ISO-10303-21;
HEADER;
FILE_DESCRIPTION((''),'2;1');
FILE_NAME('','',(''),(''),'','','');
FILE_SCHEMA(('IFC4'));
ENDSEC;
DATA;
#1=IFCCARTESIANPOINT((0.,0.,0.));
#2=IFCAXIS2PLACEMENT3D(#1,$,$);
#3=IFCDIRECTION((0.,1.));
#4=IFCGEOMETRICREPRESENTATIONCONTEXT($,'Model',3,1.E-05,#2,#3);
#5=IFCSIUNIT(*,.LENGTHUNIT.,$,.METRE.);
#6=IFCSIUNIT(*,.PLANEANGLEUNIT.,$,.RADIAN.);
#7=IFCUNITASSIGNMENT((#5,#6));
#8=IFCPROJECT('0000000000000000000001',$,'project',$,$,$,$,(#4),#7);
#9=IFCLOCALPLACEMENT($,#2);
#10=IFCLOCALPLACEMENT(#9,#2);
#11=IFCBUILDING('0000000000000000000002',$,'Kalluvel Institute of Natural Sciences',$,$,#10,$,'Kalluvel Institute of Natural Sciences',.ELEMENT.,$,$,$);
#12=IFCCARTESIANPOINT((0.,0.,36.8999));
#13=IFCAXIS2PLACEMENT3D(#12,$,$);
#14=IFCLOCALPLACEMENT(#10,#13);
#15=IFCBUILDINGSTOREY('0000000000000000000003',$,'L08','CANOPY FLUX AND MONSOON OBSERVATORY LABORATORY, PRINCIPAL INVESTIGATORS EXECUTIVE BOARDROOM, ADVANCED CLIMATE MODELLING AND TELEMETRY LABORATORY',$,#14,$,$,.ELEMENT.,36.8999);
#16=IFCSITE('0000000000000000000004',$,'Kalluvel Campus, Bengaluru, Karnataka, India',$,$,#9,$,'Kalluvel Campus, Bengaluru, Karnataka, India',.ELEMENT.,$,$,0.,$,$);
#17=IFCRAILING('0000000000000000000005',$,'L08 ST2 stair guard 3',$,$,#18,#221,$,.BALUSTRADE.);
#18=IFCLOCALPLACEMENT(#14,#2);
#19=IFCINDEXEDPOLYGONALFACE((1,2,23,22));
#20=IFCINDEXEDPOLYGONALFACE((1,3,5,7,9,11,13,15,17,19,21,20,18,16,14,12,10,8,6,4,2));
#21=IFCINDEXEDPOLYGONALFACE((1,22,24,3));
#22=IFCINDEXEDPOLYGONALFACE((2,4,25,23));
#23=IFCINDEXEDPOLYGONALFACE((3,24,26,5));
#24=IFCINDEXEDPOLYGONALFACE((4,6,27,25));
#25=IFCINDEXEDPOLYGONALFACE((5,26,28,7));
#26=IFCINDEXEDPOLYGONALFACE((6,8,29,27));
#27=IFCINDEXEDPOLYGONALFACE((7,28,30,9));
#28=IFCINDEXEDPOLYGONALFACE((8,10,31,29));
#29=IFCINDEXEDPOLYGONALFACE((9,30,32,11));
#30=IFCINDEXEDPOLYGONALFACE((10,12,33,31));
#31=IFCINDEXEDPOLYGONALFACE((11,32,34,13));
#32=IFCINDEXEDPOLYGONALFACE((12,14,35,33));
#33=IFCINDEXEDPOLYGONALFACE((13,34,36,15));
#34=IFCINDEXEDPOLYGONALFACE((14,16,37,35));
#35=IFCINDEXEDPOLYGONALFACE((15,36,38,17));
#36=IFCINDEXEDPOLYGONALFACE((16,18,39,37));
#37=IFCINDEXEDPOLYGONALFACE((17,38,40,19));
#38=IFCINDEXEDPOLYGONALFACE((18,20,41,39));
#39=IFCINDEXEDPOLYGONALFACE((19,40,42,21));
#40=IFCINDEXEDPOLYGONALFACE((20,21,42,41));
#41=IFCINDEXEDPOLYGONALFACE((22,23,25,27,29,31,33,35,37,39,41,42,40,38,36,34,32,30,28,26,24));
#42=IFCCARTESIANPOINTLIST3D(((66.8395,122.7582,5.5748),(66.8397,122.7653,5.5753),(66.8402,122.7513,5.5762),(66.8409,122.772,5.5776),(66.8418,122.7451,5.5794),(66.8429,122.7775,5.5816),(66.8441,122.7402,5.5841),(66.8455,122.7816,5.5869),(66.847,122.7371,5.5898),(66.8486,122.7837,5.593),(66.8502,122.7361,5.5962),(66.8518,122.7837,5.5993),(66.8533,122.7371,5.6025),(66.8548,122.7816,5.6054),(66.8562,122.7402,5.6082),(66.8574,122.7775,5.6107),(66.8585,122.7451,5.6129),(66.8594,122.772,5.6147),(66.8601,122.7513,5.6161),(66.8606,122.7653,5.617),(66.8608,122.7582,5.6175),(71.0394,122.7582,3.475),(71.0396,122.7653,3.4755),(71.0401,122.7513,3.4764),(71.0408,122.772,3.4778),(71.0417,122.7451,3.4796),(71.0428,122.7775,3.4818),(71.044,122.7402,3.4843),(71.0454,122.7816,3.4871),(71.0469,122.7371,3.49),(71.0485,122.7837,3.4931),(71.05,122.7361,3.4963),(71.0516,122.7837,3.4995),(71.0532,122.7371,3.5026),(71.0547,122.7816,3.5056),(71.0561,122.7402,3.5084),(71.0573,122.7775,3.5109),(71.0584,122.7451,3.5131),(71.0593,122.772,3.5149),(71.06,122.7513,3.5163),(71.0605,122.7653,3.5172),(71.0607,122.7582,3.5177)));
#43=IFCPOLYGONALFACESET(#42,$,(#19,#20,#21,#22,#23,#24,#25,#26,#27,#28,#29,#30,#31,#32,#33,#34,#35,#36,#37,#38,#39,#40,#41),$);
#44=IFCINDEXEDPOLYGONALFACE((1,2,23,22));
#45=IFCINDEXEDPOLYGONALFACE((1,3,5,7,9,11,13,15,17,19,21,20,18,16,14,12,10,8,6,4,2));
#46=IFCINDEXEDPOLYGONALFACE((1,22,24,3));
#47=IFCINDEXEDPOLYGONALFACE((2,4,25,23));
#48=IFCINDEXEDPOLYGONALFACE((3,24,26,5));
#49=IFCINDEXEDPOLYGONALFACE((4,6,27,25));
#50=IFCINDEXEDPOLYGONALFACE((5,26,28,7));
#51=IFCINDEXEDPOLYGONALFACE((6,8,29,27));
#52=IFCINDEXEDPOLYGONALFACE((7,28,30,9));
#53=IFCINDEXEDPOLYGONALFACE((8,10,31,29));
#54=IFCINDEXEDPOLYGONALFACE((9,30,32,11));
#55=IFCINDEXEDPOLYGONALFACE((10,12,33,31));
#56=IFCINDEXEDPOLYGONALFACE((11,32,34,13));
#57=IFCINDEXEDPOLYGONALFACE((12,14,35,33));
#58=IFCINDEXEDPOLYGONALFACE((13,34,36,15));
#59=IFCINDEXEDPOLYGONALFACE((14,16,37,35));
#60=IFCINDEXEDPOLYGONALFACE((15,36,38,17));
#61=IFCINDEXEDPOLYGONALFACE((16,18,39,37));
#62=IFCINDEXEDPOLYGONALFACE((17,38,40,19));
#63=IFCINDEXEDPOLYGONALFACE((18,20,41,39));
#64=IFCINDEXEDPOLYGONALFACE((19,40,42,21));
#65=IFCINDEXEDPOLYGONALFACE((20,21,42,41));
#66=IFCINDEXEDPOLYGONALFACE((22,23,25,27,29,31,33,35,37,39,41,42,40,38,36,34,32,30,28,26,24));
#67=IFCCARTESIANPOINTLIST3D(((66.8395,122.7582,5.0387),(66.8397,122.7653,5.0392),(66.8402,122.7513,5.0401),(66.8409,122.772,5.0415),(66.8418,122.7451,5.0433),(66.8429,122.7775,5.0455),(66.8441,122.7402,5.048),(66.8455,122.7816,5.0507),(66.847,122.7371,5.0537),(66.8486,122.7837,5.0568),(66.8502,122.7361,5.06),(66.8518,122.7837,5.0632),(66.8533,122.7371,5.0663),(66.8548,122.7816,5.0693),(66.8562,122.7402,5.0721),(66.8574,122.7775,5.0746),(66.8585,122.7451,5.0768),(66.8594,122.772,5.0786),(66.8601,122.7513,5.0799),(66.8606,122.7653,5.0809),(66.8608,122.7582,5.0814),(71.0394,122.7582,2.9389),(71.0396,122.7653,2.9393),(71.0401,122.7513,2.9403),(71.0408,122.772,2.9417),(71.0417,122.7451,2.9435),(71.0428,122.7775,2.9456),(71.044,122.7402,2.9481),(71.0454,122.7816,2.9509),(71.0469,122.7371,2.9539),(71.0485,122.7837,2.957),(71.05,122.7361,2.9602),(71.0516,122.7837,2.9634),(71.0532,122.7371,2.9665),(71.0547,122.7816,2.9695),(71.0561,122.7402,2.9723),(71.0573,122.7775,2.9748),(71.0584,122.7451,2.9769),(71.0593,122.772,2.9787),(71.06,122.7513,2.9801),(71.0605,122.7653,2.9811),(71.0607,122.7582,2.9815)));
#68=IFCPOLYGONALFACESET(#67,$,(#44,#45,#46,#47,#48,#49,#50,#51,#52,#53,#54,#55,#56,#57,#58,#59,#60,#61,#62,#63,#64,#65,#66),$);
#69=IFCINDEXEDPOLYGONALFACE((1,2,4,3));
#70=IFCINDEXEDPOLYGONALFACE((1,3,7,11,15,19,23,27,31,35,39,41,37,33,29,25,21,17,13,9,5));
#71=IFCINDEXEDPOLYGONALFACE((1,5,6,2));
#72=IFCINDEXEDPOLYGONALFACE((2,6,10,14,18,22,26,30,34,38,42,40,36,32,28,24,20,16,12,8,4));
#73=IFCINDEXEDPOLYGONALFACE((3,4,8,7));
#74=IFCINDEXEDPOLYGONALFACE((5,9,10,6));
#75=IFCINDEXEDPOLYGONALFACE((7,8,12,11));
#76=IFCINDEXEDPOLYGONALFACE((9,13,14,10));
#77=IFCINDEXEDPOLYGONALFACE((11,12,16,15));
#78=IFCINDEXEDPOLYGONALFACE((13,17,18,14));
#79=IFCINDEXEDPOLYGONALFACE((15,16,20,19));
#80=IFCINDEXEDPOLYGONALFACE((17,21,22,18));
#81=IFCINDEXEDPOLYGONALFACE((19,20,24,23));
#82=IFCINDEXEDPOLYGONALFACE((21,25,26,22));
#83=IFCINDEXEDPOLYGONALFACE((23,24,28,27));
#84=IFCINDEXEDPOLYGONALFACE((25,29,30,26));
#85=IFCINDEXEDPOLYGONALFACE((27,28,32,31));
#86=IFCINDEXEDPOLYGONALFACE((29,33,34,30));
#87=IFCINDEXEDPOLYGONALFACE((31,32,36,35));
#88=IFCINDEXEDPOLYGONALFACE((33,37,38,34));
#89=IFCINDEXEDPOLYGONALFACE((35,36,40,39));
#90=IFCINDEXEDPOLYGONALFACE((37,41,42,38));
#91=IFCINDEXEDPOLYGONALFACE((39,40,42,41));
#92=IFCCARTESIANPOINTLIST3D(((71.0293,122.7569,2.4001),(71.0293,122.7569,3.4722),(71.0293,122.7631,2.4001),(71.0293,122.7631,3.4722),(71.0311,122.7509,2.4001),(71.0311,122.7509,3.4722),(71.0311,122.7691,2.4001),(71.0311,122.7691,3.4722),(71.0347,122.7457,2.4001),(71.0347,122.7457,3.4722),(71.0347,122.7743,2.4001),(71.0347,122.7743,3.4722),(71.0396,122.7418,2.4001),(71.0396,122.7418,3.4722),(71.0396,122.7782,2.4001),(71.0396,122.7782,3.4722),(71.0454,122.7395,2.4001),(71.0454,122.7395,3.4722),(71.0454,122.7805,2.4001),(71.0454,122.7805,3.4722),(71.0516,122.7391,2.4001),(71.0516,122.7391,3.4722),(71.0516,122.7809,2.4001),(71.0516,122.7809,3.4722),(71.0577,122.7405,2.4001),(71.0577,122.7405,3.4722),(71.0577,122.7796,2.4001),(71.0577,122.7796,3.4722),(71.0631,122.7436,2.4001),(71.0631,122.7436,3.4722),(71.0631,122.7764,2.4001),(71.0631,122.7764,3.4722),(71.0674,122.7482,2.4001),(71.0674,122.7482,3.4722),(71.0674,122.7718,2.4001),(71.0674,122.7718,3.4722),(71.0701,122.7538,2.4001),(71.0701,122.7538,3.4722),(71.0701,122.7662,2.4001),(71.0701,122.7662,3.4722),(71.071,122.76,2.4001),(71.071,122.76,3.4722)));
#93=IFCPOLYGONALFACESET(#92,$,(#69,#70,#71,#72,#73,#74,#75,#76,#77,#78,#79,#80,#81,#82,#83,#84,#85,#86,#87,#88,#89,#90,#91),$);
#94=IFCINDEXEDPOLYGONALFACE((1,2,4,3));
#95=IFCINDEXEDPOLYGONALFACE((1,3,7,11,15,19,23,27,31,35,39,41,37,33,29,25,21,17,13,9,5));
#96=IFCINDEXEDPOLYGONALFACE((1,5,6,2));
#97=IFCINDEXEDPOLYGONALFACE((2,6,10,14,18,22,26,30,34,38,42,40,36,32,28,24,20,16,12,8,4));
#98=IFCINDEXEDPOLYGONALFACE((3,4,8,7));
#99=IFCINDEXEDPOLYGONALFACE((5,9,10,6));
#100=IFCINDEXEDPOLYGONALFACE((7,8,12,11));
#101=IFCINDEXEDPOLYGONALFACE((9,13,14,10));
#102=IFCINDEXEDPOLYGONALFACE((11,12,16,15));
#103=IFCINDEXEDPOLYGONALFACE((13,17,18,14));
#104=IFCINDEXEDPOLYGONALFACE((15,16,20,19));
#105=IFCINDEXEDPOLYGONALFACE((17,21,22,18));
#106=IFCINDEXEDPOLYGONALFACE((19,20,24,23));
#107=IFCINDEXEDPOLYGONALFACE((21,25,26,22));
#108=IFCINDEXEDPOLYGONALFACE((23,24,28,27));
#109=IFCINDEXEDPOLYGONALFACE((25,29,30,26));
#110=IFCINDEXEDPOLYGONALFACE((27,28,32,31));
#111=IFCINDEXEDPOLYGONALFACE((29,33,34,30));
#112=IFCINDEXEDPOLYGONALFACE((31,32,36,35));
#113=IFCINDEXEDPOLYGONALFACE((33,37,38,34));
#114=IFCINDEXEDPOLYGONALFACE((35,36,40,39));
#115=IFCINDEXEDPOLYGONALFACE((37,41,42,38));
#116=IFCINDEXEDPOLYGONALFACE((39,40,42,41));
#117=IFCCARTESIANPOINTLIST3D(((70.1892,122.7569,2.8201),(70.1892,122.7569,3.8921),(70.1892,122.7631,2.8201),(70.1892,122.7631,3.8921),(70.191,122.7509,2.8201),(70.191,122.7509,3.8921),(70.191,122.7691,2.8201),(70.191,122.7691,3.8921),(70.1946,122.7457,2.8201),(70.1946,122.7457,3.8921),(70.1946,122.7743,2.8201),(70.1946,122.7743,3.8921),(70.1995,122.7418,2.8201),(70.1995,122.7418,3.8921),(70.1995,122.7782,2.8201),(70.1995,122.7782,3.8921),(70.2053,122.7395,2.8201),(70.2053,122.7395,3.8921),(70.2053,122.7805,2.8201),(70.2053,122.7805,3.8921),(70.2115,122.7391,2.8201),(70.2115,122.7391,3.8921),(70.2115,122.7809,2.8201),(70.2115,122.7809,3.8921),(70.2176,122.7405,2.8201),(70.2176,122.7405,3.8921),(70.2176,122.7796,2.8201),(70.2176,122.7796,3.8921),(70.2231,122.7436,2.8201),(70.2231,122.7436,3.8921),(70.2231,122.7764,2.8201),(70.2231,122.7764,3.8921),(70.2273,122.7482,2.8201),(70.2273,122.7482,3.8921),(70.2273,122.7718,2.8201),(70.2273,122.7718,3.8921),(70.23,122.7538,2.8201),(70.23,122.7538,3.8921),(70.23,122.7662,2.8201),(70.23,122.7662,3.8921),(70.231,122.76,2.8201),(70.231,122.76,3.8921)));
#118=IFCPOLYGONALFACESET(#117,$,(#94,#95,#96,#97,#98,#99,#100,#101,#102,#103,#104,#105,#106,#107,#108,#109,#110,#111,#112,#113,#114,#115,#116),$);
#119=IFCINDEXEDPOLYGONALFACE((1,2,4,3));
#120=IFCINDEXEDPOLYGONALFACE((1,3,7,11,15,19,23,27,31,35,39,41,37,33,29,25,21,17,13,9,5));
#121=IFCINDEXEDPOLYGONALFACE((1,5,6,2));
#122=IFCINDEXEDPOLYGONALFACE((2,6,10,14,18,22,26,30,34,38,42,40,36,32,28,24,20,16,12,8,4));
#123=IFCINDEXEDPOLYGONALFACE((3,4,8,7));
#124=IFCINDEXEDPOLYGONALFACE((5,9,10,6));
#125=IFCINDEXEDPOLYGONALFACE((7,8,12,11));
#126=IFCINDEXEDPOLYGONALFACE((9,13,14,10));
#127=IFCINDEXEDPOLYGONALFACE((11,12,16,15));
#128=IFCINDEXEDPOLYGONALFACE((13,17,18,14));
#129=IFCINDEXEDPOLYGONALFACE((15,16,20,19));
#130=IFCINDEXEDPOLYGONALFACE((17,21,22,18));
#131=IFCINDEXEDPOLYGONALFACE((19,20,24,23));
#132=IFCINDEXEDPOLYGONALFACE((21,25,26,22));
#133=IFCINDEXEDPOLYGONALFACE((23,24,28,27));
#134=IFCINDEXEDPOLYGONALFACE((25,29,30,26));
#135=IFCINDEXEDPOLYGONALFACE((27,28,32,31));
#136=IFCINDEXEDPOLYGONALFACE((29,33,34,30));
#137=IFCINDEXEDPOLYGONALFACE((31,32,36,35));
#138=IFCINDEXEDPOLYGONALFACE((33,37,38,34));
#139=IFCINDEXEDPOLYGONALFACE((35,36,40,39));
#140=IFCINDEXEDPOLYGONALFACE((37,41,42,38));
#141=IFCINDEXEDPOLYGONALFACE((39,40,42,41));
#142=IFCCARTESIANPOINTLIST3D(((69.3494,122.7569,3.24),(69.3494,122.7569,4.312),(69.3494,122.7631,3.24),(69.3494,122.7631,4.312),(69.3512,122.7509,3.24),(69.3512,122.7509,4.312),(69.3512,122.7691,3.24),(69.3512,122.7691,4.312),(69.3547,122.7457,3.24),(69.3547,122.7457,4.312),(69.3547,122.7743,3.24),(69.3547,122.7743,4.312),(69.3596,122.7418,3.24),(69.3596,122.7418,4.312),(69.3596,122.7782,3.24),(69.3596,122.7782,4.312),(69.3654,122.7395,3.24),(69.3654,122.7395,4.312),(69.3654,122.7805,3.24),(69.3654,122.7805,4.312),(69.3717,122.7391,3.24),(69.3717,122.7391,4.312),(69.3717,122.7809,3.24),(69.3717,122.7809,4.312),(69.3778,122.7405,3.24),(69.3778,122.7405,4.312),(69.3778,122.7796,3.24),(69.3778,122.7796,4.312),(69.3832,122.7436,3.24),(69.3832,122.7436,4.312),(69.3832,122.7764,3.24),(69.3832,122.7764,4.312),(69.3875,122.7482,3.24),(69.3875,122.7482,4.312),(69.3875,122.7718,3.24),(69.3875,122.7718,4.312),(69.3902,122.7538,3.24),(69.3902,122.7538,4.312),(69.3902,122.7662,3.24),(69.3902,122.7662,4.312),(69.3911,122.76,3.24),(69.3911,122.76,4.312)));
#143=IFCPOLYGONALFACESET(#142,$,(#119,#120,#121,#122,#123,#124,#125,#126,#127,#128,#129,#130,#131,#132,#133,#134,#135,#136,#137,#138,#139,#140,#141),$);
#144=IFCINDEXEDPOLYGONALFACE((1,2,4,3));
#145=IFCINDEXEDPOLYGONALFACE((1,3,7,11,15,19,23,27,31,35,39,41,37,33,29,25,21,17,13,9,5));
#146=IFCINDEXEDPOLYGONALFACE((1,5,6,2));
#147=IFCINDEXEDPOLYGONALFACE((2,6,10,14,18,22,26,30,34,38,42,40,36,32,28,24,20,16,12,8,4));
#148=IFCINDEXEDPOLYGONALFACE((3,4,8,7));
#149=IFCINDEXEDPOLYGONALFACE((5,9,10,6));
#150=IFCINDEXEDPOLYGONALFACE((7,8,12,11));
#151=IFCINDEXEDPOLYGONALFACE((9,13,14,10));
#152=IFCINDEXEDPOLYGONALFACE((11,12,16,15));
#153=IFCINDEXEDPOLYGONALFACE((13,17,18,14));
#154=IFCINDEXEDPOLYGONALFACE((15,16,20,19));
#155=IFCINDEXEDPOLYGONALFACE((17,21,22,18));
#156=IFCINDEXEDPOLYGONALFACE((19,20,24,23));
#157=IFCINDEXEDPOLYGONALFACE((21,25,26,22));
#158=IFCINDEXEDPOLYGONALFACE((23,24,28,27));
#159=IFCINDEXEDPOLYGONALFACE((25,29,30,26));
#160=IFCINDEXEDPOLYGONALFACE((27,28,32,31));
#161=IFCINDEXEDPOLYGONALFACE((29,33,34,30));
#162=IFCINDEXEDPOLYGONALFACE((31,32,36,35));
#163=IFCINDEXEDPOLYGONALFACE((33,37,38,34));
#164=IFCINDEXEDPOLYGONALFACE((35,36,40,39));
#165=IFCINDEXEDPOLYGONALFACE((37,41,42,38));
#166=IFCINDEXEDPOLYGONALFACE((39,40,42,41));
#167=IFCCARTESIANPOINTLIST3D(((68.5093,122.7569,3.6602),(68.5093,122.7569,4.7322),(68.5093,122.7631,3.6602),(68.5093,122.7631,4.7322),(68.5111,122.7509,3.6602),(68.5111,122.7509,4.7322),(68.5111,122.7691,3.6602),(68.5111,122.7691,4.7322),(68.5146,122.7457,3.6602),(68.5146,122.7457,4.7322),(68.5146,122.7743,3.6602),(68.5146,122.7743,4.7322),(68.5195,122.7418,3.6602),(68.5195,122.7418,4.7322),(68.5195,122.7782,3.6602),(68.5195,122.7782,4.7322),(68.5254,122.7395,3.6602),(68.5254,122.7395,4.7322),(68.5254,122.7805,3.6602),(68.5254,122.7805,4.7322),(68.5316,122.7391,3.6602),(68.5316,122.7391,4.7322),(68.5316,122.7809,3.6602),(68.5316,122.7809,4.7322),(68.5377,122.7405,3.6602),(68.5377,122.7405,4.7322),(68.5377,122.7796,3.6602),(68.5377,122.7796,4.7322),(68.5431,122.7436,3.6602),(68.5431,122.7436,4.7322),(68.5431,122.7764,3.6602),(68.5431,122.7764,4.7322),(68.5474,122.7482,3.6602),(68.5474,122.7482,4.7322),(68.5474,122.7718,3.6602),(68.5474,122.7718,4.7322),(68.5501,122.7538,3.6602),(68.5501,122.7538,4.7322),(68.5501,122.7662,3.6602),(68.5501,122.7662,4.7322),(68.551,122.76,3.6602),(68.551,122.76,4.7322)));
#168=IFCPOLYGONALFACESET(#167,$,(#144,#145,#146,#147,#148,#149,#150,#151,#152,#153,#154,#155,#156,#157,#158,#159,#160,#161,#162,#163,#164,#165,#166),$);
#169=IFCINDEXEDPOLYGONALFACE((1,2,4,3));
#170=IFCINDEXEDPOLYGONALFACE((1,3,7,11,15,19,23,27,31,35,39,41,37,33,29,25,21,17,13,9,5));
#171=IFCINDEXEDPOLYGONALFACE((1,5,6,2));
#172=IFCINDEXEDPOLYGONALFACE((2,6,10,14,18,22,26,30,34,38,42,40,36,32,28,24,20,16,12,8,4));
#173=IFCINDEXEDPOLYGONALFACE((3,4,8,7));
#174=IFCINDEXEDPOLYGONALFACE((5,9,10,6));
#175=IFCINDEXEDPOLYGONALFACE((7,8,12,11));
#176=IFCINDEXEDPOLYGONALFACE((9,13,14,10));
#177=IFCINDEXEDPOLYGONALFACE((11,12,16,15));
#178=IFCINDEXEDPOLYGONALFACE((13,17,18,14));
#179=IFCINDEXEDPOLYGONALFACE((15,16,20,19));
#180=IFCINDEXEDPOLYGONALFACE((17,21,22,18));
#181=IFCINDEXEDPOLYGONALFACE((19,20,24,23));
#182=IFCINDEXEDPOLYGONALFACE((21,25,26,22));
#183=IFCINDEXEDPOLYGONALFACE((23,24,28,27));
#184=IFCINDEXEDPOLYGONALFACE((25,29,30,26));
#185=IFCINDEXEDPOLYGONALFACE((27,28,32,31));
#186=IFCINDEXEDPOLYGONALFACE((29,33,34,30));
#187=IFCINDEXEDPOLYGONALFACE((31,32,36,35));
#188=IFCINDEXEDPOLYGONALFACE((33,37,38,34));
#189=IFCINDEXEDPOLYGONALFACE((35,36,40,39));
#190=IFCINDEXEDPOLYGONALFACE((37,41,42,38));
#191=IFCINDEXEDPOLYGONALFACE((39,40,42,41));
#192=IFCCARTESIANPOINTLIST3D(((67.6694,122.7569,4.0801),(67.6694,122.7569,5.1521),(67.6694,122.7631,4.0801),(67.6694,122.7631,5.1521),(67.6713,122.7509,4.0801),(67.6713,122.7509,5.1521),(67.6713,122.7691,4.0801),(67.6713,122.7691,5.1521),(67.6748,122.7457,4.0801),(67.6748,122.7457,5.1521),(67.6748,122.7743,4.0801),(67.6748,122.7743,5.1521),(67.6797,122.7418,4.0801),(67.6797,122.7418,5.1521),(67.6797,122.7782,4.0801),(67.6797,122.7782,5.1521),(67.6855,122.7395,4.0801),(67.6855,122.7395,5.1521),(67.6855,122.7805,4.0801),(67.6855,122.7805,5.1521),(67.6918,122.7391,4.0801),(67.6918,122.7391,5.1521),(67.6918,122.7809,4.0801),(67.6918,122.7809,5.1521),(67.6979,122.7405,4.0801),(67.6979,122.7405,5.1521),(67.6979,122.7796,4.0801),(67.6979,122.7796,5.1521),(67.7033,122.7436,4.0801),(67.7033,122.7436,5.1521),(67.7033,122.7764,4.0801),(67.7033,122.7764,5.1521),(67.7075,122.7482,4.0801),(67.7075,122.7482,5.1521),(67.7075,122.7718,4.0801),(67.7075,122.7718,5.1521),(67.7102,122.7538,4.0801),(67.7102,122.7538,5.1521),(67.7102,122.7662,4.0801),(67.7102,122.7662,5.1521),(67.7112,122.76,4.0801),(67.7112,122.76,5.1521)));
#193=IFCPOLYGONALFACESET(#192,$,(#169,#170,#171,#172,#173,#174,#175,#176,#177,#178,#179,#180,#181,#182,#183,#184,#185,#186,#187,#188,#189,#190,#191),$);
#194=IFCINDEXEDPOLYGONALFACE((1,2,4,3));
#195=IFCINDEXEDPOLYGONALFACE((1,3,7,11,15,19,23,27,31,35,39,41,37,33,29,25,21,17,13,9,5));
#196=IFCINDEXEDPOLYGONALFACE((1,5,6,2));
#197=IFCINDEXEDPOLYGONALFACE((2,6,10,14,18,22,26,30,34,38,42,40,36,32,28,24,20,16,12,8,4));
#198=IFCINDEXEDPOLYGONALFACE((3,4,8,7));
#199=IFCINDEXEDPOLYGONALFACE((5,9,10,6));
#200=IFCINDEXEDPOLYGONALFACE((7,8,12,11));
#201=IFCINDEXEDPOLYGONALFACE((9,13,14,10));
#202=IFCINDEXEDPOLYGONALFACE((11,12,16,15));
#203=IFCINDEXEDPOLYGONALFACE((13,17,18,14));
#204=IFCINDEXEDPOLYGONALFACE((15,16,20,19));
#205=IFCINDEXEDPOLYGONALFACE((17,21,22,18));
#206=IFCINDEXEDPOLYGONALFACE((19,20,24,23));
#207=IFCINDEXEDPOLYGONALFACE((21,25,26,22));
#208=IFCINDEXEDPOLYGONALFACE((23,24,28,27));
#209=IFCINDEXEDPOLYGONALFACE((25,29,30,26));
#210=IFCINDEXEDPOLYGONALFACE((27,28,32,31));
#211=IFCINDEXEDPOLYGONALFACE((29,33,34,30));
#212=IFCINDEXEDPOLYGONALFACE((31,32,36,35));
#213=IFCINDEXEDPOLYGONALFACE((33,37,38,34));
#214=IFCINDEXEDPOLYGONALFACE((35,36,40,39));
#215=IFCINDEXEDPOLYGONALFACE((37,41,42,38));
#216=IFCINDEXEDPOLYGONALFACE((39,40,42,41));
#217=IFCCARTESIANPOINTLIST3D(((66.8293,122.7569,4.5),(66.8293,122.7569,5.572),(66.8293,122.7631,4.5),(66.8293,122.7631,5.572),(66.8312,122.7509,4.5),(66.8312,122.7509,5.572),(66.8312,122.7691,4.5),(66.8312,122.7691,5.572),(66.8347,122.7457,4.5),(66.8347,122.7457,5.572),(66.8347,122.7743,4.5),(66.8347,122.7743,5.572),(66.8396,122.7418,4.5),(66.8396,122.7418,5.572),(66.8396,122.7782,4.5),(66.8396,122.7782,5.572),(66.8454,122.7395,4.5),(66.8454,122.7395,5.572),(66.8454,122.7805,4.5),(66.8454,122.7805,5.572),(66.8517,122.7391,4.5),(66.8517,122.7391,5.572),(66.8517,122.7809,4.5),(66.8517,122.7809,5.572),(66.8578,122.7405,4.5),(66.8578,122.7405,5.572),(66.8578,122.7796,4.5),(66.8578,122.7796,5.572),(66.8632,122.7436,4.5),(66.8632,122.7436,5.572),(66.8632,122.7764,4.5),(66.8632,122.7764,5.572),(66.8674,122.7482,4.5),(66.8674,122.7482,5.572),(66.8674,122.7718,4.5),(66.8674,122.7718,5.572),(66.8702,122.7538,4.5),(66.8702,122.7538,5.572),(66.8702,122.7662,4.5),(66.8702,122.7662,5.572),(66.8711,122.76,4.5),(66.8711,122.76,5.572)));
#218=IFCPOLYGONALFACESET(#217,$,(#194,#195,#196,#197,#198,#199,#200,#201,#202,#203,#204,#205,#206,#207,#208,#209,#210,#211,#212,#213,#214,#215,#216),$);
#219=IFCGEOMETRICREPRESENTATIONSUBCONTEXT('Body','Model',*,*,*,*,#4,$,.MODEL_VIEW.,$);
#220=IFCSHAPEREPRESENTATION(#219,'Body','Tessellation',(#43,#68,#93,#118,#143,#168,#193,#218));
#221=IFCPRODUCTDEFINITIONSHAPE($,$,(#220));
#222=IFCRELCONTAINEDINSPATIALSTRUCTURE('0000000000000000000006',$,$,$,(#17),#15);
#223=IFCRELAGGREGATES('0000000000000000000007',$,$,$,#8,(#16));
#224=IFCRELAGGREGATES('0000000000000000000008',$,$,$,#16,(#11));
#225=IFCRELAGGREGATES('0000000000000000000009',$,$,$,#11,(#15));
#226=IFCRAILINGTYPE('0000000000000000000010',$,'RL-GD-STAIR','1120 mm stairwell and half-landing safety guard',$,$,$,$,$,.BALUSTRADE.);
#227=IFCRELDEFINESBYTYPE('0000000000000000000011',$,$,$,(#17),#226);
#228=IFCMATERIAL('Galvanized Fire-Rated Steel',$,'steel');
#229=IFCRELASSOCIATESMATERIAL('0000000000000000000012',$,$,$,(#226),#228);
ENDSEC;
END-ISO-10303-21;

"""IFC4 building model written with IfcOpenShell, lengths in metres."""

from ifc_helpers import new_model, si_unit, direction, frame, origin, origin_2d, place, context, subcontext, project, spatial, circle, extrude, material, type_object, element, save


model = new_model("IFC4")

# Units and contexts
model_context = context("Model", 3, precision=1e-05, world=origin(), true_north=direction((0.0, 1.0)))
body_context = subcontext(model_context, "Body", "Model", "MODEL_VIEW")
ifc_project = project(units=[si_unit("LENGTHUNIT", "METRE"), si_unit("PLANEANGLEUNIT", "RADIAN")], contexts=[model_context])

# Site, building, storey
site_placement = place(None, origin())
site = spatial("IfcSite", under=ifc_project, at=site_placement, Name="Kalluvel Campus, Bengaluru, Karnataka, India", LongName="Kalluvel Campus, Bengaluru, Karnataka, India", CompositionType="ELEMENT", RefElevation=0.0)
building_placement = place(site_placement, origin())
building = spatial("IfcBuilding", under=site, at=building_placement, Name="Kalluvel Institute of Natural Sciences", LongName="Kalluvel Institute of Natural Sciences", CompositionType="ELEMENT")
storey_placement = place(building_placement, frame((0.0, 0.0, 36.8999)))
storey = spatial("IfcBuildingStorey", under=building, at=storey_placement, Name="L08", Description="CANOPY FLUX AND MONSOON OBSERVATORY LABORATORY, PRINCIPAL INVESTIGATORS EXECUTIVE BOARDROOM, ADVANCED CLIMATE MODELLING AND TELEMETRY LABORATORY", CompositionType="ELEMENT", Elevation=36.8999)

# Shared definitions
ifc_material_1 = material(Name="Galvanized Fire-Rated Steel", Category="steel")

# Railing
railing_type_1 = type_object("IfcRailingType", Name="RL-GD-STAIR", Description="1120 mm stairwell and half-landing safety guard", PredefinedType="BALUSTRADE", material=ifc_material_1)
railing_1_placement = place(storey_placement, frame((71.05, 122.76, 2.4001)))
element("IfcRailing", 1, at=railing_1_placement, inside=storey, type_object=railing_type_1, Name="L08 ST2 stair guard 3", PredefinedType="BALUSTRADE", context=body_context, shape_type="SweptSolid", body=[
    extrude(circle(Radius=0.0239, at=origin_2d()), frame((0.0, 0.0, 1.0962), z_axis=(-0.894438, 0.0, 0.447193), x_axis=(0.0, -1.0, 0.0)), (0.0, 0.0, 1.0), 4.6956),
    extrude(circle(Radius=0.0239, at=origin_2d()), frame((0.0, 0.0, 0.5601), z_axis=(-0.894438, 0.0, 0.447193), x_axis=(0.0, -1.0, 0.0)), (0.0, 0.0, 1.0), 4.6956),
    extrude(circle(Radius=0.021, at=origin_2d()), origin(), (0.0, 0.0, 1.0), 1.072),
    extrude(circle(Radius=0.021, at=origin_2d()), frame((-0.8401, 0.0, 0.4199)), (0.0, 0.0, 1.0), 1.072),
    extrude(circle(Radius=0.021, at=origin_2d()), frame((-1.6799, 0.0, 0.8398)), (0.0, 0.0, 1.0), 1.072),
    extrude(circle(Radius=0.021, at=origin_2d()), frame((-2.52, 0.0, 1.26)), (0.0, 0.0, 1.0), 1.072),
    extrude(circle(Radius=0.021, at=origin_2d()), frame((-3.3599, 0.0, 1.6799)), (0.0, 0.0, 1.0), 1.072),
    extrude(circle(Radius=0.021, at=origin_2d()), frame((-4.2, 0.0, 2.0999)), (0.0, 0.0, 1.0), 1.072),
])

save(model, "model.ifc")
